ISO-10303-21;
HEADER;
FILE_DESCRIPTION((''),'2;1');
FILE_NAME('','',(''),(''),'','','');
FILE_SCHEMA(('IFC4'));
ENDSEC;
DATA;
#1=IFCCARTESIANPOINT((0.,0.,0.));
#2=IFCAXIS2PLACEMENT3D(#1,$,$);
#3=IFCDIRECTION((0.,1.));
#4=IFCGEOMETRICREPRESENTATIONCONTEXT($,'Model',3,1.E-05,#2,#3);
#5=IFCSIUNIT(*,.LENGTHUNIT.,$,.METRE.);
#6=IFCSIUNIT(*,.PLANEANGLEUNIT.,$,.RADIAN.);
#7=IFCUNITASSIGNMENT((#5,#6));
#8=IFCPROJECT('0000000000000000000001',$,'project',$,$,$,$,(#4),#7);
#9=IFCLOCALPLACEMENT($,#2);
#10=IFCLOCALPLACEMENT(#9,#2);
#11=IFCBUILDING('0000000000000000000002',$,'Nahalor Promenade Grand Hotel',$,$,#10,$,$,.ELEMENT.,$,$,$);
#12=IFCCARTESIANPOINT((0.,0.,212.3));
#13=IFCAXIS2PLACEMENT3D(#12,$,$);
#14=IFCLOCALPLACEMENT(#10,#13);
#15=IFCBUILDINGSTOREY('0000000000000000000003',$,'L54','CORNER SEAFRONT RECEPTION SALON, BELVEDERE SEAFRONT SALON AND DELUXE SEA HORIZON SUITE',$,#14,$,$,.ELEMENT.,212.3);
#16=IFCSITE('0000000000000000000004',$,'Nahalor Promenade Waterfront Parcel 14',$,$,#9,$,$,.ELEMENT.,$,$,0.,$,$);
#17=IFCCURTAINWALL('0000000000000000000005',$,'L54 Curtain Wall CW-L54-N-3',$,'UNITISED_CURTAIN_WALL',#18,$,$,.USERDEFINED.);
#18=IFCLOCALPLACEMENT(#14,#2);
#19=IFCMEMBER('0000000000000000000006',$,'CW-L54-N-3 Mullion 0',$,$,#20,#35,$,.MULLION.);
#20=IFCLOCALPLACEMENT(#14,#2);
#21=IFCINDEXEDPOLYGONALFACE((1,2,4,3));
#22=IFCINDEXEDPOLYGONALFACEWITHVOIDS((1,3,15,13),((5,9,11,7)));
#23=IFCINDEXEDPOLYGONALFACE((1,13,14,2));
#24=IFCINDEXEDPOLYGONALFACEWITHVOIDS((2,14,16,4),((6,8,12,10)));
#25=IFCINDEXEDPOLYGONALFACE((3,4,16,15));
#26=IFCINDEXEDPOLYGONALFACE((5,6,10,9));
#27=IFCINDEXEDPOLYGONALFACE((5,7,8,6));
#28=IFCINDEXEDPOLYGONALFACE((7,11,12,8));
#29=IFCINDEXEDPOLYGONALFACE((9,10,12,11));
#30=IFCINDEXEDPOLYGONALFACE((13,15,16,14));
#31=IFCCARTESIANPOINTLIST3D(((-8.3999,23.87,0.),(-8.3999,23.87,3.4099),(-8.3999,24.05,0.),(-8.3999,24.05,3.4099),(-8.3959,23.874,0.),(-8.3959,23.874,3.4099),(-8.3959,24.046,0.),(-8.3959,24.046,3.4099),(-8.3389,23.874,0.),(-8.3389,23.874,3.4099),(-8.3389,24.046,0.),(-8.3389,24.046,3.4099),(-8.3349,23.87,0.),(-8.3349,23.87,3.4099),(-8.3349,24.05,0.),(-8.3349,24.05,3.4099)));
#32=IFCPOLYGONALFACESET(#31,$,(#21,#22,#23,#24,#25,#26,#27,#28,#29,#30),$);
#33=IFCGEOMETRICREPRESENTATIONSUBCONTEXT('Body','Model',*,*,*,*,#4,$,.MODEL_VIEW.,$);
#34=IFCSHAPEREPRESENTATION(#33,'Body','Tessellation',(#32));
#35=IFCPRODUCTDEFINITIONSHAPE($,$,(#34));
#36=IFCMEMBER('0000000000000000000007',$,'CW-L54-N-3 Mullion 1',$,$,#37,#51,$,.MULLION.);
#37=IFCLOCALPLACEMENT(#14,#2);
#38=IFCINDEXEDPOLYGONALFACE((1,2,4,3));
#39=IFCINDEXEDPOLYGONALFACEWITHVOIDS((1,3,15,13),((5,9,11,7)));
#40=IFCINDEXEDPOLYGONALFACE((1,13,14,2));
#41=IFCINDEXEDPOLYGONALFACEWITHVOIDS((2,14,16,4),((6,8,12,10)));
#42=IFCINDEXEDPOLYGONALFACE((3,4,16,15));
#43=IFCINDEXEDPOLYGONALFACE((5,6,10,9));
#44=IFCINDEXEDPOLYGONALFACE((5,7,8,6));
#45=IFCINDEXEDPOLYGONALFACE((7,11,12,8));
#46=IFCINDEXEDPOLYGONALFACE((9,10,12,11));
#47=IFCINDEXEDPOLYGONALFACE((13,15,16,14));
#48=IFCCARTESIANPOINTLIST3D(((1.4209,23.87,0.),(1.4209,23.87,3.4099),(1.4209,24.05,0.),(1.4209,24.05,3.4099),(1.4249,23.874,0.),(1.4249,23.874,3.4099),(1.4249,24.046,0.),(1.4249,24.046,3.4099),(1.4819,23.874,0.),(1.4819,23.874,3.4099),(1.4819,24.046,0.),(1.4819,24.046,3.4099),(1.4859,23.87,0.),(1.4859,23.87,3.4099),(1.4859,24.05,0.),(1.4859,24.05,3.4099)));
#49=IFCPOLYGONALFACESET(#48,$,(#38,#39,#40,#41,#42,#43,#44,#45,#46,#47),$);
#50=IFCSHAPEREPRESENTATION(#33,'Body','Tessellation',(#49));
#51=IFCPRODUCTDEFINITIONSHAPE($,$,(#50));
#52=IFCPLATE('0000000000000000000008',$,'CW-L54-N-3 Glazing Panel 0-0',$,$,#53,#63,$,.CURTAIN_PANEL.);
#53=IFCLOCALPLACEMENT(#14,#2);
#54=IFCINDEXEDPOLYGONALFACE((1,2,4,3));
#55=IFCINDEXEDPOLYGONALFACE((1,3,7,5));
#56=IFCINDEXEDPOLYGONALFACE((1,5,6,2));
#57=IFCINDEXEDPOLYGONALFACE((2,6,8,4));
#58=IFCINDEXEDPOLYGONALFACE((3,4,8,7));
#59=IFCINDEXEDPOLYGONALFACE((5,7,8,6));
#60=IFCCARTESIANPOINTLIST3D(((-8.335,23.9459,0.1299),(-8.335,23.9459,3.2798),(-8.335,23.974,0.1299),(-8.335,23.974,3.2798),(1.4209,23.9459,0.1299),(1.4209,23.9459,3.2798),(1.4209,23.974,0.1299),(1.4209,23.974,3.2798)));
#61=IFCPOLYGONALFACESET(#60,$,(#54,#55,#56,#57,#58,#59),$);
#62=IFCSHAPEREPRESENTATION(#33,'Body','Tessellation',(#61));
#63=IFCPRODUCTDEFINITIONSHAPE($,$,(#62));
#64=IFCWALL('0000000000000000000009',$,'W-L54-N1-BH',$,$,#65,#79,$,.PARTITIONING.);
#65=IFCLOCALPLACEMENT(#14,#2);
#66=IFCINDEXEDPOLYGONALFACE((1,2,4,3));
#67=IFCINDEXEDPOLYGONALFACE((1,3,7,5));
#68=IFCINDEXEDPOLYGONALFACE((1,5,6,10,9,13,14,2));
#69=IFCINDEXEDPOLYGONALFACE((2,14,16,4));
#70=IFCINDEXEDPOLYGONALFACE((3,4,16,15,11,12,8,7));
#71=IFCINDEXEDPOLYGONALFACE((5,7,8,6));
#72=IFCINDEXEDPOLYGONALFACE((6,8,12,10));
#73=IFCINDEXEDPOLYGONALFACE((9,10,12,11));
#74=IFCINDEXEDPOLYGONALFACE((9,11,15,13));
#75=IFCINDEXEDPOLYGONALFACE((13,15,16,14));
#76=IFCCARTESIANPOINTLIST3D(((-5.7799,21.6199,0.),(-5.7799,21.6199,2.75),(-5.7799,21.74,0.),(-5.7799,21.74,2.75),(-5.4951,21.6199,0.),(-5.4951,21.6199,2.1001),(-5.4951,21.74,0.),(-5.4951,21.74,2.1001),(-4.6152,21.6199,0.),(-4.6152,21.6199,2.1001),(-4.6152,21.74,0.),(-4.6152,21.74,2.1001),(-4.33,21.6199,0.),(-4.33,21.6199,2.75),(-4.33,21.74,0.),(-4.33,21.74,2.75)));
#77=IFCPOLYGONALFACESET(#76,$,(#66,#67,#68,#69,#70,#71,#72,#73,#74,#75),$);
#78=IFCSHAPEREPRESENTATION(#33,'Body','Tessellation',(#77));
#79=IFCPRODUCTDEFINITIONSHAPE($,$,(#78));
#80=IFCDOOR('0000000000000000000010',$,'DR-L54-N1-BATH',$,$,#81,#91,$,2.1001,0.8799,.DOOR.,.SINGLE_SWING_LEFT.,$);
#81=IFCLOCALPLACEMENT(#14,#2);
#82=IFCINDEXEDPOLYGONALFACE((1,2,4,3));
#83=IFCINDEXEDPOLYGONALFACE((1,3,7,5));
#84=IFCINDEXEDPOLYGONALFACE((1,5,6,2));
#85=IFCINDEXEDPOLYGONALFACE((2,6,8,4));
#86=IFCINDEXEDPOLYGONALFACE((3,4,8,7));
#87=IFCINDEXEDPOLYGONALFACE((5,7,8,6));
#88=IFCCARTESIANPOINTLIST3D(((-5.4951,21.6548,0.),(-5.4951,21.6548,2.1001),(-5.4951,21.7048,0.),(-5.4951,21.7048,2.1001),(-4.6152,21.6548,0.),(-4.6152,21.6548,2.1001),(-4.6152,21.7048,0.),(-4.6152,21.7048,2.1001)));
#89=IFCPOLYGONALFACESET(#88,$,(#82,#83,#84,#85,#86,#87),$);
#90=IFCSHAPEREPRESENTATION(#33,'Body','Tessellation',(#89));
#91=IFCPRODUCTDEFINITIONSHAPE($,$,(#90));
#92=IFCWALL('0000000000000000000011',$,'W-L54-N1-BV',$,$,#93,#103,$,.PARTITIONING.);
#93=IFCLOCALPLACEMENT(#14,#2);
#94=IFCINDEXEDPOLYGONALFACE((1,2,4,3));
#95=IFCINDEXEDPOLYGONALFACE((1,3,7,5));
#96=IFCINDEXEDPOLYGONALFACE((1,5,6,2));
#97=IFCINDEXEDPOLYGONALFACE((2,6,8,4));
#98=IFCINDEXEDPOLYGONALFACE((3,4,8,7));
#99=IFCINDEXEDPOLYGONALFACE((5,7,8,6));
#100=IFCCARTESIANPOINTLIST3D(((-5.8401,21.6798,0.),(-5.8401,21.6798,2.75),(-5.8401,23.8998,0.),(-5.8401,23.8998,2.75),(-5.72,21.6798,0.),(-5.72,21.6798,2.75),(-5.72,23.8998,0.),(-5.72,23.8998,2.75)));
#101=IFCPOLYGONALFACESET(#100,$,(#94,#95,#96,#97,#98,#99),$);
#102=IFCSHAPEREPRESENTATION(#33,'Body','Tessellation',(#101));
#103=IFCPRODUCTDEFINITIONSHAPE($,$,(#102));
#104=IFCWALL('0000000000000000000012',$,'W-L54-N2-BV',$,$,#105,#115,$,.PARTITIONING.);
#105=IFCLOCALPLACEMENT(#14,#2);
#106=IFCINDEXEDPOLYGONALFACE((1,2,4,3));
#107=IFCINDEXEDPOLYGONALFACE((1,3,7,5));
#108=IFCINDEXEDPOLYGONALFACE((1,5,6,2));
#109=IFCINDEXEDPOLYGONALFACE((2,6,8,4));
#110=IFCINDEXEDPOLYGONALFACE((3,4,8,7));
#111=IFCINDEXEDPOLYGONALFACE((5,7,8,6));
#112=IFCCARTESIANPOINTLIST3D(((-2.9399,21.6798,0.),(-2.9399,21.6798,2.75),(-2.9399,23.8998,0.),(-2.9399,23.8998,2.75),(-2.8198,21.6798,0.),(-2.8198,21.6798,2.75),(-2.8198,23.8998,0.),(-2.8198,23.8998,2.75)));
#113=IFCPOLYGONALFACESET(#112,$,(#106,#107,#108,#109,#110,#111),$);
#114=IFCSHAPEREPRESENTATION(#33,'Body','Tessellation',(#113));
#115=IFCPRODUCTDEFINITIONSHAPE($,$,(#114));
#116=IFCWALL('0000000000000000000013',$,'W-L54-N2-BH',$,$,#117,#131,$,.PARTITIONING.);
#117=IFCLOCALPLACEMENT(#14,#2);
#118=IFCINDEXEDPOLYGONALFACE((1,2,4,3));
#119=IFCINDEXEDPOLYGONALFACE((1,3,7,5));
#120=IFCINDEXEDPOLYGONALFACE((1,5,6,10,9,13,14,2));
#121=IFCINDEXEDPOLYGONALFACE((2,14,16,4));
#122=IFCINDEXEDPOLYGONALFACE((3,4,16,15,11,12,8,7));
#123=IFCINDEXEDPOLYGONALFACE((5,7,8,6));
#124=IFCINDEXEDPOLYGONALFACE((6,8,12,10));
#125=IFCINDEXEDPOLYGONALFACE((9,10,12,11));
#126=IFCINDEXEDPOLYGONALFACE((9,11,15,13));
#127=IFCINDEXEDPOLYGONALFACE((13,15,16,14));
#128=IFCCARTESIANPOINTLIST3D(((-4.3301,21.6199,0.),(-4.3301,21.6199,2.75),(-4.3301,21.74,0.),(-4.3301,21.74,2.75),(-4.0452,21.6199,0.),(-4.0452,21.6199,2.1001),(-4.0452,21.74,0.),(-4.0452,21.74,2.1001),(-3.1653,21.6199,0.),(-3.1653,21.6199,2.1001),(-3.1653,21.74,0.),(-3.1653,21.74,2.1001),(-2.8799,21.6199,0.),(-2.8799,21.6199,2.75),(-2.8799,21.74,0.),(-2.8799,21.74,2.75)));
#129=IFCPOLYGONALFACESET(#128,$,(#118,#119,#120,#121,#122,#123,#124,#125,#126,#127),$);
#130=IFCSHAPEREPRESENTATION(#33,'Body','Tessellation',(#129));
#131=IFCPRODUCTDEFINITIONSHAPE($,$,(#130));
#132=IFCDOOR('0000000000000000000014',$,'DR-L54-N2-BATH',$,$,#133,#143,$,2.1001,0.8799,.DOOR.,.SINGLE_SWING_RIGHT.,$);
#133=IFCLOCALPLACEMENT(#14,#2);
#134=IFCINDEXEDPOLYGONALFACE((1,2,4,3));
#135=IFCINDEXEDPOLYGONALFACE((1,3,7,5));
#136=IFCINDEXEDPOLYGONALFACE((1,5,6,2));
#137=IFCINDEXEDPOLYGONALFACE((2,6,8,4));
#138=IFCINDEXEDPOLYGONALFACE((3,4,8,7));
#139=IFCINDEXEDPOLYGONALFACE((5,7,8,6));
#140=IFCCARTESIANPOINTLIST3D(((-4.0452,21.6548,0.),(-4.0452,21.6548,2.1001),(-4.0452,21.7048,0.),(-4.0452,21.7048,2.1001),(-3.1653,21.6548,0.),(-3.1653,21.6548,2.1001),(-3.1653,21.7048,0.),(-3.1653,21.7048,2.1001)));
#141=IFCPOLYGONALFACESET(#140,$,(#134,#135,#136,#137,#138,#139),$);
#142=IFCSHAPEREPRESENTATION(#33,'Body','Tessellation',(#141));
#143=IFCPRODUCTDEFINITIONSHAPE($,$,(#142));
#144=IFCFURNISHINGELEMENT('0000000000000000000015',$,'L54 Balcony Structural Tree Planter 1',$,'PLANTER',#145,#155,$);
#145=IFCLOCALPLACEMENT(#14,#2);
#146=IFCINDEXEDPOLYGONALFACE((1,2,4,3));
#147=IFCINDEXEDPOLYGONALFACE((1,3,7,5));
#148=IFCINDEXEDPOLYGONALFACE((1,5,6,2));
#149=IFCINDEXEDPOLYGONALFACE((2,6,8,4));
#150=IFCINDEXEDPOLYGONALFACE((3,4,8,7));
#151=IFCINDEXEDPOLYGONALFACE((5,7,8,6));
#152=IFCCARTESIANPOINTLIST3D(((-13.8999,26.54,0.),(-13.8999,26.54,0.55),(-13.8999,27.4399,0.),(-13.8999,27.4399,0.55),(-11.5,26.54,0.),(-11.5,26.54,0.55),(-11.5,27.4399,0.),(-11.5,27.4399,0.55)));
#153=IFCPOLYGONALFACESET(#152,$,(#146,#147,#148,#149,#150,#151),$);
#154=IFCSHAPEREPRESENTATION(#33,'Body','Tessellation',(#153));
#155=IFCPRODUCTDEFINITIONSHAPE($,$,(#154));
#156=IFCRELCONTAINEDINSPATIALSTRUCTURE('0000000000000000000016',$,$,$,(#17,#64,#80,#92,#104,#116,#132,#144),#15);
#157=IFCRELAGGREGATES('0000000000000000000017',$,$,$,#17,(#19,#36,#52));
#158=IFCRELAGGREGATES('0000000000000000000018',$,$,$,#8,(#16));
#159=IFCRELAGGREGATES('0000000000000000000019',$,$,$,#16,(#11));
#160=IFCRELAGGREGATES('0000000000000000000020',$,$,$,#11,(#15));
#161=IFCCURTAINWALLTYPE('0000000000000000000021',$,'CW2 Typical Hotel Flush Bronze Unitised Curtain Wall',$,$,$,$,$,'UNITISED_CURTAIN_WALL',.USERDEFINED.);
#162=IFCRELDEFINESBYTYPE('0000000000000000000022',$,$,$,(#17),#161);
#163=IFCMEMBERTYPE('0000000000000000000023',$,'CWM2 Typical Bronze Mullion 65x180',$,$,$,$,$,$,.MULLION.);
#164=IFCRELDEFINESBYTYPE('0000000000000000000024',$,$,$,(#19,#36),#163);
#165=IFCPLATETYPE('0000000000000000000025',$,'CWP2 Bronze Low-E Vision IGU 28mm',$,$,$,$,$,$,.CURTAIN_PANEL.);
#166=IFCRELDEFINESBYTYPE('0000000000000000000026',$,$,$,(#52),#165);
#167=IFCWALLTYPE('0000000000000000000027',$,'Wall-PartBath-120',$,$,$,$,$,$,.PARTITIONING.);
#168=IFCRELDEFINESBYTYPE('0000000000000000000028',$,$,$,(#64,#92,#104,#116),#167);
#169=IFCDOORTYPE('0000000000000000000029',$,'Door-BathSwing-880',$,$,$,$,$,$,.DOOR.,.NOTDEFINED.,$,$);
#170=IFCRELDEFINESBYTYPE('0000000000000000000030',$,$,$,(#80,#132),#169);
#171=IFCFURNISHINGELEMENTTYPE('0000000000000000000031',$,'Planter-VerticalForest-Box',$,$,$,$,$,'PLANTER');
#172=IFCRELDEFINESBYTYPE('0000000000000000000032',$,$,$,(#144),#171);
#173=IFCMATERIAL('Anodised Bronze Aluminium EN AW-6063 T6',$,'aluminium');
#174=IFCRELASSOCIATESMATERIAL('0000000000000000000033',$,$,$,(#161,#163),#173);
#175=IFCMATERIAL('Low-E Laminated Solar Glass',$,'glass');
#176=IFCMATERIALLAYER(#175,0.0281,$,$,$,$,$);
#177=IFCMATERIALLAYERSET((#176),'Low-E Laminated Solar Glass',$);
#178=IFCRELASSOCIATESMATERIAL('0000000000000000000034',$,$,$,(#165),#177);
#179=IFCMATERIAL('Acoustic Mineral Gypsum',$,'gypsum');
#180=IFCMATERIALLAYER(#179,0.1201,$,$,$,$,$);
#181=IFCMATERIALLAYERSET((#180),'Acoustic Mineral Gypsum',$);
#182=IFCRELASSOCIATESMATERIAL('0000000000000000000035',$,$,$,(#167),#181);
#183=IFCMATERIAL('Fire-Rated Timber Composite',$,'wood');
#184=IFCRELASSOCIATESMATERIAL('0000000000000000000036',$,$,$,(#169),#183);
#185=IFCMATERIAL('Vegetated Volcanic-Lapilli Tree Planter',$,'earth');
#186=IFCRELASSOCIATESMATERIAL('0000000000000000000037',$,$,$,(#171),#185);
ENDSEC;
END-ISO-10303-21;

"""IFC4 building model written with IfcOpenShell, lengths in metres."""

from ifc_helpers import new_model, si_unit, direction, frame, frame_2d, origin, origin_2d, place, context, subcontext, project, spatial, rectangle, hollow_rectangle, extrude, source, transform, mapped, material, layer, layer_set, material_profile, profile_set, type_object, element, fill, aggregate, save


model = new_model("IFC4")

# Units and contexts
model_context = context("Model", 3, precision=1e-05, world=origin(), true_north=direction((0.0, 1.0)))
body_context = subcontext(model_context, "Body", "Model", "MODEL_VIEW")
ifc_project = project(units=[si_unit("LENGTHUNIT", "METRE"), si_unit("PLANEANGLEUNIT", "RADIAN")], contexts=[model_context])

# Site, building, storey
site_placement = place(None, origin())
site = spatial("IfcSite", under=ifc_project, at=site_placement, Name="Nahalor Promenade Waterfront Parcel 14", CompositionType="ELEMENT", RefElevation=0.0)
building_placement = place(site_placement, origin())
building = spatial("IfcBuilding", under=site, at=building_placement, Name="Nahalor Promenade Grand Hotel", CompositionType="ELEMENT")
storey_placement = place(building_placement, frame((0.0, 0.0, 212.3)))
storey = spatial("IfcBuildingStorey", under=building, at=storey_placement, Name="L54", Description="CORNER SEAFRONT RECEPTION SALON, BELVEDERE SEAFRONT SALON AND DELUXE SEA HORIZON SUITE", CompositionType="ELEMENT", Elevation=212.3)

# Curtain wall, members, plate
ifc_material_1 = material(Name="Anodised Bronze Aluminium EN AW-6063 T6", Category="aluminium")
curtain_wall_type = type_object("IfcCurtainWallType", Name="CW2 Typical Hotel Flush Bronze Unitised Curtain Wall", ElementType="UNITISED_CURTAIN_WALL", PredefinedType="USERDEFINED", material=ifc_material_1)
curtain_wall_placement = place(storey_placement, origin())
curtain_wall = element("IfcCurtainWall", 1, at=curtain_wall_placement, inside=storey, type_object=curtain_wall_type, Name="L54 Curtain Wall CW-L54-N-3", ObjectType="UNITISED_CURTAIN_WALL", PredefinedType="USERDEFINED")
ifc_material_profile_1 = material_profile(ifc_material_1, hollow_rectangle(XDim=0.065, YDim=0.18, WallThickness=0.004, at=origin_2d()), Name="CWM 65x180x4")
ifc_profile_set_1 = profile_set([ifc_material_profile_1], Name="Anodised Bronze Aluminium EN AW-6063 T6")
member_type_1 = type_object("IfcMemberType", Name="CWM2 Typical Bronze Mullion 65x180", PredefinedType="MULLION", material=ifc_profile_set_1)
shared_shape_1 = source(origin(), body_context, "Body", "SweptSolid", [
    extrude(hollow_rectangle(XDim=0.065, YDim=0.18, WallThickness=0.004, at=origin_2d()), origin(), (0.0, 0.0, 1.0), 3.4099),
])
member_1_placement = place(storey_placement, frame((-8.3674, 23.96, 0.0), z_axis=(0.0, 0.0, 1.0), x_axis=(1.0, 0.0, 0.0)))
member_1 = element("IfcMember", 2, at=member_1_placement, type_object=member_type_1, Name="CW-L54-N-3 Mullion 0", PredefinedType="MULLION", context=body_context, shape_type="MappedRepresentation", body=[
    mapped(shared_shape_1, transform((0.0, 0.0, 0.0), scale=1.0)),
])
member_2_placement = place(storey_placement, frame((1.4534, 23.96, 0.0), z_axis=(0.0, 0.0, 1.0), x_axis=(1.0, 0.0, 0.0)))
member_2 = element("IfcMember", 3, at=member_2_placement, type_object=member_type_1, Name="CW-L54-N-3 Mullion 1", PredefinedType="MULLION", context=body_context, shape_type="MappedRepresentation", body=[
    mapped(shared_shape_1, transform((0.0, 0.0, 0.0), scale=1.0)),
])
ifc_material_2 = material(Name="Low-E Laminated Solar Glass", Category="glass")
ifc_layer_1 = layer(ifc_material_2, 0.0281)
ifc_layer_set_1 = layer_set([ifc_layer_1], Name="Low-E Laminated Solar Glass")
plate_type = type_object("IfcPlateType", Name="CWP2 Bronze Low-E Vision IGU 28mm", PredefinedType="CURTAIN_PANEL", material=ifc_layer_set_1)
shared_shape_2 = source(origin(), body_context, "Body", "SweptSolid", [
    extrude(rectangle(XDim=9.7559, YDim=0.0281, at=origin_2d()), origin(), (0.0, 0.0, 1.0), 3.1499),
])
plate_placement = place(storey_placement, frame((-3.457, 23.96, 0.1299), z_axis=(0.0, 0.0, 1.0), x_axis=(1.0, 0.0, 0.0)))
plate = element("IfcPlate", 4, at=plate_placement, type_object=plate_type, Name="CW-L54-N-3 Glazing Panel 0-0", PredefinedType="CURTAIN_PANEL", context=body_context, shape_type="MappedRepresentation", body=[
    mapped(shared_shape_2, transform((0.0, 0.0, 0.0), scale=1.0)),
])
aggregate(curtain_wall, [member_1, member_2, plate])

# Wall, opening, door
ifc_material_3 = material(Name="Acoustic Mineral Gypsum", Category="gypsum")
ifc_layer_2 = layer(ifc_material_3, 0.1201)
ifc_layer_set_2 = layer_set([ifc_layer_2], Name="Acoustic Mineral Gypsum")
wall_type = type_object("IfcWallType", Name="Wall-PartBath-120", PredefinedType="PARTITIONING", material=ifc_layer_set_2)
shared_shape_3 = source(origin(), body_context, "Body", "SweptSolid", [
    extrude(rectangle(XDim=1.45, YDim=0.1201, at=frame_2d((0.7251, 0.0))), origin(), (0.0, 0.0, 1.0), 2.75),
])
wall_1_placement = place(storey_placement, frame((-5.78, 21.6799, 0.0), z_axis=(0.0, 0.0, 1.0), x_axis=(1.0, 0.0, 0.0)))
wall_1 = element("IfcWall", 5, at=wall_1_placement, inside=storey, type_object=wall_type, Name="W-L54-N1-BH", PredefinedType="PARTITIONING", context=body_context, shape_type="MappedRepresentation", body=[
    mapped(shared_shape_3, transform((0.0, 0.0, 0.0), scale=1.0)),
])
opening_1_placement = place(wall_1_placement, frame((0.2849, 0.0, 0.0)))
opening_1 = element("IfcOpeningElement", 6, at=opening_1_placement, cuts=wall_1, PredefinedType="OPENING", context=body_context, shape_type="SweptSolid", body=[
    extrude(rectangle(XDim=0.8799, YDim=2.1001, at=frame_2d((0.4399, 1.05))), frame((0.0, 0.0701, 0.0), z_axis=(0.0, -1.0, 0.0), x_axis=(1.0, 0.0, 0.0)), (0.0, 0.0, 1.0), 0.1401),
])
ifc_material_4 = material(Name="Fire-Rated Timber Composite", Category="wood")
door_type = type_object("IfcDoorType", Name="Door-BathSwing-880", OperationType="NOTDEFINED", PredefinedType="DOOR", material=ifc_material_4)
shared_shape_4 = source(origin(), body_context, "Body", "SweptSolid", [
    extrude(rectangle(XDim=0.8799, YDim=2.1001, at=frame_2d((0.4399, 1.05))), frame((0.0, 0.0249, 0.0), z_axis=(0.0, -1.0, 0.0), x_axis=(1.0, 0.0, 0.0)), (0.0, 0.0, 1.0), 0.05),
])
door_1_placement = place(opening_1_placement, origin())
door_1 = element("IfcDoor", 7, at=door_1_placement, inside=storey, type_object=door_type, Name="DR-L54-N1-BATH", OperationType="SINGLE_SWING_LEFT", OverallHeight=2.1001, OverallWidth=0.8799, PredefinedType="DOOR", context=body_context, shape_type="MappedRepresentation", body=[
    mapped(shared_shape_4, transform((0.0, 0.0, 0.0), scale=1.0)),
])
fill(opening_1, door_1)

# Walls
shared_shape_5 = source(origin(), body_context, "Body", "SweptSolid", [
    extrude(rectangle(XDim=2.22, YDim=0.1201, at=frame_2d((1.1099, 0.0))), origin(), (0.0, 0.0, 1.0), 2.75),
])
for number, where, z_axis, x_axis, name in (
    (8, (-5.78, 21.6799, 0.0), (0.0, 0.0, 1.0), (0.0, 1.0, 0.0), "W-L54-N1-BV"),
    (9, (-2.8799, 21.6799, 0.0), (0.0, 0.0, 1.0), (0.0, 1.0, 0.0), "W-L54-N2-BV"),
):
    element("IfcWall", number, at=place(storey_placement, frame(where, z_axis=z_axis, x_axis=x_axis)), inside=storey, type_object=wall_type, Name=name, PredefinedType="PARTITIONING", context=body_context, shape_type="MappedRepresentation", body=[
        mapped(shared_shape_5, transform((0.0, 0.0, 0.0), scale=1.0)),
    ])

# Wall, opening, door
shared_shape_6 = source(origin(), body_context, "Body", "SweptSolid", [
    extrude(rectangle(XDim=1.4502, YDim=0.1201, at=frame_2d((0.7251, 0.0))), origin(), (0.0, 0.0, 1.0), 2.75),
])
wall_2_placement = place(storey_placement, frame((-4.3301, 21.6799, 0.0), z_axis=(0.0, 0.0, 1.0), x_axis=(1.0, 0.0, 0.0)))
wall_2 = element("IfcWall", 10, at=wall_2_placement, inside=storey, type_object=wall_type, Name="W-L54-N2-BH", PredefinedType="PARTITIONING", context=body_context, shape_type="MappedRepresentation", body=[
    mapped(shared_shape_6, transform((0.0, 0.0, 0.0), scale=1.0)),
])
opening_2_placement = place(wall_2_placement, frame((0.2849, 0.0, 0.0)))
opening_2 = element("IfcOpeningElement", 11, at=opening_2_placement, cuts=wall_2, PredefinedType="OPENING", context=body_context, shape_type="SweptSolid", body=[
    extrude(rectangle(XDim=0.8799, YDim=2.1001, at=frame_2d((0.4399, 1.05))), frame((0.0, 0.0701, 0.0), z_axis=(0.0, -1.0, 0.0), x_axis=(1.0, 0.0, 0.0)), (0.0, 0.0, 1.0), 0.1401),
])
door_2_placement = place(opening_2_placement, origin())
door_2 = element("IfcDoor", 12, at=door_2_placement, inside=storey, type_object=door_type, Name="DR-L54-N2-BATH", OperationType="SINGLE_SWING_RIGHT", OverallHeight=2.1001, OverallWidth=0.8799, PredefinedType="DOOR", context=body_context, shape_type="MappedRepresentation", body=[
    mapped(shared_shape_4, transform((0.0, 0.0, 0.0), scale=1.0)),
])
fill(opening_2, door_2)

# Furnishing element
ifc_material_5 = material(Name="Vegetated Volcanic-Lapilli Tree Planter", Category="earth")
furnishing_element_type = type_object("IfcFurnishingElementType", Name="Planter-VerticalForest-Box", ElementType="PLANTER", material=ifc_material_5)
shared_shape_7 = source(origin(), body_context, "Body", "SweptSolid", [
    extrude(rectangle(XDim=2.3999, YDim=0.8999, at=origin_2d()), origin(), (0.0, 0.0, 1.0), 0.55),
])
furnishing_placement = place(storey_placement, frame((-12.7, 26.99, 0.0), z_axis=(0.0, 0.0, 1.0), x_axis=(1.0, 0.0, 0.0)))
element("IfcFurnishingElement", 13, at=furnishing_placement, inside=storey, type_object=furnishing_element_type, Name="L54 Balcony Structural Tree Planter 1", ObjectType="PLANTER", context=body_context, shape_type="MappedRepresentation", body=[
    mapped(shared_shape_7, transform((0.0, 0.0, 0.0), scale=1.0)),
])

save(model, "model.ifc")
